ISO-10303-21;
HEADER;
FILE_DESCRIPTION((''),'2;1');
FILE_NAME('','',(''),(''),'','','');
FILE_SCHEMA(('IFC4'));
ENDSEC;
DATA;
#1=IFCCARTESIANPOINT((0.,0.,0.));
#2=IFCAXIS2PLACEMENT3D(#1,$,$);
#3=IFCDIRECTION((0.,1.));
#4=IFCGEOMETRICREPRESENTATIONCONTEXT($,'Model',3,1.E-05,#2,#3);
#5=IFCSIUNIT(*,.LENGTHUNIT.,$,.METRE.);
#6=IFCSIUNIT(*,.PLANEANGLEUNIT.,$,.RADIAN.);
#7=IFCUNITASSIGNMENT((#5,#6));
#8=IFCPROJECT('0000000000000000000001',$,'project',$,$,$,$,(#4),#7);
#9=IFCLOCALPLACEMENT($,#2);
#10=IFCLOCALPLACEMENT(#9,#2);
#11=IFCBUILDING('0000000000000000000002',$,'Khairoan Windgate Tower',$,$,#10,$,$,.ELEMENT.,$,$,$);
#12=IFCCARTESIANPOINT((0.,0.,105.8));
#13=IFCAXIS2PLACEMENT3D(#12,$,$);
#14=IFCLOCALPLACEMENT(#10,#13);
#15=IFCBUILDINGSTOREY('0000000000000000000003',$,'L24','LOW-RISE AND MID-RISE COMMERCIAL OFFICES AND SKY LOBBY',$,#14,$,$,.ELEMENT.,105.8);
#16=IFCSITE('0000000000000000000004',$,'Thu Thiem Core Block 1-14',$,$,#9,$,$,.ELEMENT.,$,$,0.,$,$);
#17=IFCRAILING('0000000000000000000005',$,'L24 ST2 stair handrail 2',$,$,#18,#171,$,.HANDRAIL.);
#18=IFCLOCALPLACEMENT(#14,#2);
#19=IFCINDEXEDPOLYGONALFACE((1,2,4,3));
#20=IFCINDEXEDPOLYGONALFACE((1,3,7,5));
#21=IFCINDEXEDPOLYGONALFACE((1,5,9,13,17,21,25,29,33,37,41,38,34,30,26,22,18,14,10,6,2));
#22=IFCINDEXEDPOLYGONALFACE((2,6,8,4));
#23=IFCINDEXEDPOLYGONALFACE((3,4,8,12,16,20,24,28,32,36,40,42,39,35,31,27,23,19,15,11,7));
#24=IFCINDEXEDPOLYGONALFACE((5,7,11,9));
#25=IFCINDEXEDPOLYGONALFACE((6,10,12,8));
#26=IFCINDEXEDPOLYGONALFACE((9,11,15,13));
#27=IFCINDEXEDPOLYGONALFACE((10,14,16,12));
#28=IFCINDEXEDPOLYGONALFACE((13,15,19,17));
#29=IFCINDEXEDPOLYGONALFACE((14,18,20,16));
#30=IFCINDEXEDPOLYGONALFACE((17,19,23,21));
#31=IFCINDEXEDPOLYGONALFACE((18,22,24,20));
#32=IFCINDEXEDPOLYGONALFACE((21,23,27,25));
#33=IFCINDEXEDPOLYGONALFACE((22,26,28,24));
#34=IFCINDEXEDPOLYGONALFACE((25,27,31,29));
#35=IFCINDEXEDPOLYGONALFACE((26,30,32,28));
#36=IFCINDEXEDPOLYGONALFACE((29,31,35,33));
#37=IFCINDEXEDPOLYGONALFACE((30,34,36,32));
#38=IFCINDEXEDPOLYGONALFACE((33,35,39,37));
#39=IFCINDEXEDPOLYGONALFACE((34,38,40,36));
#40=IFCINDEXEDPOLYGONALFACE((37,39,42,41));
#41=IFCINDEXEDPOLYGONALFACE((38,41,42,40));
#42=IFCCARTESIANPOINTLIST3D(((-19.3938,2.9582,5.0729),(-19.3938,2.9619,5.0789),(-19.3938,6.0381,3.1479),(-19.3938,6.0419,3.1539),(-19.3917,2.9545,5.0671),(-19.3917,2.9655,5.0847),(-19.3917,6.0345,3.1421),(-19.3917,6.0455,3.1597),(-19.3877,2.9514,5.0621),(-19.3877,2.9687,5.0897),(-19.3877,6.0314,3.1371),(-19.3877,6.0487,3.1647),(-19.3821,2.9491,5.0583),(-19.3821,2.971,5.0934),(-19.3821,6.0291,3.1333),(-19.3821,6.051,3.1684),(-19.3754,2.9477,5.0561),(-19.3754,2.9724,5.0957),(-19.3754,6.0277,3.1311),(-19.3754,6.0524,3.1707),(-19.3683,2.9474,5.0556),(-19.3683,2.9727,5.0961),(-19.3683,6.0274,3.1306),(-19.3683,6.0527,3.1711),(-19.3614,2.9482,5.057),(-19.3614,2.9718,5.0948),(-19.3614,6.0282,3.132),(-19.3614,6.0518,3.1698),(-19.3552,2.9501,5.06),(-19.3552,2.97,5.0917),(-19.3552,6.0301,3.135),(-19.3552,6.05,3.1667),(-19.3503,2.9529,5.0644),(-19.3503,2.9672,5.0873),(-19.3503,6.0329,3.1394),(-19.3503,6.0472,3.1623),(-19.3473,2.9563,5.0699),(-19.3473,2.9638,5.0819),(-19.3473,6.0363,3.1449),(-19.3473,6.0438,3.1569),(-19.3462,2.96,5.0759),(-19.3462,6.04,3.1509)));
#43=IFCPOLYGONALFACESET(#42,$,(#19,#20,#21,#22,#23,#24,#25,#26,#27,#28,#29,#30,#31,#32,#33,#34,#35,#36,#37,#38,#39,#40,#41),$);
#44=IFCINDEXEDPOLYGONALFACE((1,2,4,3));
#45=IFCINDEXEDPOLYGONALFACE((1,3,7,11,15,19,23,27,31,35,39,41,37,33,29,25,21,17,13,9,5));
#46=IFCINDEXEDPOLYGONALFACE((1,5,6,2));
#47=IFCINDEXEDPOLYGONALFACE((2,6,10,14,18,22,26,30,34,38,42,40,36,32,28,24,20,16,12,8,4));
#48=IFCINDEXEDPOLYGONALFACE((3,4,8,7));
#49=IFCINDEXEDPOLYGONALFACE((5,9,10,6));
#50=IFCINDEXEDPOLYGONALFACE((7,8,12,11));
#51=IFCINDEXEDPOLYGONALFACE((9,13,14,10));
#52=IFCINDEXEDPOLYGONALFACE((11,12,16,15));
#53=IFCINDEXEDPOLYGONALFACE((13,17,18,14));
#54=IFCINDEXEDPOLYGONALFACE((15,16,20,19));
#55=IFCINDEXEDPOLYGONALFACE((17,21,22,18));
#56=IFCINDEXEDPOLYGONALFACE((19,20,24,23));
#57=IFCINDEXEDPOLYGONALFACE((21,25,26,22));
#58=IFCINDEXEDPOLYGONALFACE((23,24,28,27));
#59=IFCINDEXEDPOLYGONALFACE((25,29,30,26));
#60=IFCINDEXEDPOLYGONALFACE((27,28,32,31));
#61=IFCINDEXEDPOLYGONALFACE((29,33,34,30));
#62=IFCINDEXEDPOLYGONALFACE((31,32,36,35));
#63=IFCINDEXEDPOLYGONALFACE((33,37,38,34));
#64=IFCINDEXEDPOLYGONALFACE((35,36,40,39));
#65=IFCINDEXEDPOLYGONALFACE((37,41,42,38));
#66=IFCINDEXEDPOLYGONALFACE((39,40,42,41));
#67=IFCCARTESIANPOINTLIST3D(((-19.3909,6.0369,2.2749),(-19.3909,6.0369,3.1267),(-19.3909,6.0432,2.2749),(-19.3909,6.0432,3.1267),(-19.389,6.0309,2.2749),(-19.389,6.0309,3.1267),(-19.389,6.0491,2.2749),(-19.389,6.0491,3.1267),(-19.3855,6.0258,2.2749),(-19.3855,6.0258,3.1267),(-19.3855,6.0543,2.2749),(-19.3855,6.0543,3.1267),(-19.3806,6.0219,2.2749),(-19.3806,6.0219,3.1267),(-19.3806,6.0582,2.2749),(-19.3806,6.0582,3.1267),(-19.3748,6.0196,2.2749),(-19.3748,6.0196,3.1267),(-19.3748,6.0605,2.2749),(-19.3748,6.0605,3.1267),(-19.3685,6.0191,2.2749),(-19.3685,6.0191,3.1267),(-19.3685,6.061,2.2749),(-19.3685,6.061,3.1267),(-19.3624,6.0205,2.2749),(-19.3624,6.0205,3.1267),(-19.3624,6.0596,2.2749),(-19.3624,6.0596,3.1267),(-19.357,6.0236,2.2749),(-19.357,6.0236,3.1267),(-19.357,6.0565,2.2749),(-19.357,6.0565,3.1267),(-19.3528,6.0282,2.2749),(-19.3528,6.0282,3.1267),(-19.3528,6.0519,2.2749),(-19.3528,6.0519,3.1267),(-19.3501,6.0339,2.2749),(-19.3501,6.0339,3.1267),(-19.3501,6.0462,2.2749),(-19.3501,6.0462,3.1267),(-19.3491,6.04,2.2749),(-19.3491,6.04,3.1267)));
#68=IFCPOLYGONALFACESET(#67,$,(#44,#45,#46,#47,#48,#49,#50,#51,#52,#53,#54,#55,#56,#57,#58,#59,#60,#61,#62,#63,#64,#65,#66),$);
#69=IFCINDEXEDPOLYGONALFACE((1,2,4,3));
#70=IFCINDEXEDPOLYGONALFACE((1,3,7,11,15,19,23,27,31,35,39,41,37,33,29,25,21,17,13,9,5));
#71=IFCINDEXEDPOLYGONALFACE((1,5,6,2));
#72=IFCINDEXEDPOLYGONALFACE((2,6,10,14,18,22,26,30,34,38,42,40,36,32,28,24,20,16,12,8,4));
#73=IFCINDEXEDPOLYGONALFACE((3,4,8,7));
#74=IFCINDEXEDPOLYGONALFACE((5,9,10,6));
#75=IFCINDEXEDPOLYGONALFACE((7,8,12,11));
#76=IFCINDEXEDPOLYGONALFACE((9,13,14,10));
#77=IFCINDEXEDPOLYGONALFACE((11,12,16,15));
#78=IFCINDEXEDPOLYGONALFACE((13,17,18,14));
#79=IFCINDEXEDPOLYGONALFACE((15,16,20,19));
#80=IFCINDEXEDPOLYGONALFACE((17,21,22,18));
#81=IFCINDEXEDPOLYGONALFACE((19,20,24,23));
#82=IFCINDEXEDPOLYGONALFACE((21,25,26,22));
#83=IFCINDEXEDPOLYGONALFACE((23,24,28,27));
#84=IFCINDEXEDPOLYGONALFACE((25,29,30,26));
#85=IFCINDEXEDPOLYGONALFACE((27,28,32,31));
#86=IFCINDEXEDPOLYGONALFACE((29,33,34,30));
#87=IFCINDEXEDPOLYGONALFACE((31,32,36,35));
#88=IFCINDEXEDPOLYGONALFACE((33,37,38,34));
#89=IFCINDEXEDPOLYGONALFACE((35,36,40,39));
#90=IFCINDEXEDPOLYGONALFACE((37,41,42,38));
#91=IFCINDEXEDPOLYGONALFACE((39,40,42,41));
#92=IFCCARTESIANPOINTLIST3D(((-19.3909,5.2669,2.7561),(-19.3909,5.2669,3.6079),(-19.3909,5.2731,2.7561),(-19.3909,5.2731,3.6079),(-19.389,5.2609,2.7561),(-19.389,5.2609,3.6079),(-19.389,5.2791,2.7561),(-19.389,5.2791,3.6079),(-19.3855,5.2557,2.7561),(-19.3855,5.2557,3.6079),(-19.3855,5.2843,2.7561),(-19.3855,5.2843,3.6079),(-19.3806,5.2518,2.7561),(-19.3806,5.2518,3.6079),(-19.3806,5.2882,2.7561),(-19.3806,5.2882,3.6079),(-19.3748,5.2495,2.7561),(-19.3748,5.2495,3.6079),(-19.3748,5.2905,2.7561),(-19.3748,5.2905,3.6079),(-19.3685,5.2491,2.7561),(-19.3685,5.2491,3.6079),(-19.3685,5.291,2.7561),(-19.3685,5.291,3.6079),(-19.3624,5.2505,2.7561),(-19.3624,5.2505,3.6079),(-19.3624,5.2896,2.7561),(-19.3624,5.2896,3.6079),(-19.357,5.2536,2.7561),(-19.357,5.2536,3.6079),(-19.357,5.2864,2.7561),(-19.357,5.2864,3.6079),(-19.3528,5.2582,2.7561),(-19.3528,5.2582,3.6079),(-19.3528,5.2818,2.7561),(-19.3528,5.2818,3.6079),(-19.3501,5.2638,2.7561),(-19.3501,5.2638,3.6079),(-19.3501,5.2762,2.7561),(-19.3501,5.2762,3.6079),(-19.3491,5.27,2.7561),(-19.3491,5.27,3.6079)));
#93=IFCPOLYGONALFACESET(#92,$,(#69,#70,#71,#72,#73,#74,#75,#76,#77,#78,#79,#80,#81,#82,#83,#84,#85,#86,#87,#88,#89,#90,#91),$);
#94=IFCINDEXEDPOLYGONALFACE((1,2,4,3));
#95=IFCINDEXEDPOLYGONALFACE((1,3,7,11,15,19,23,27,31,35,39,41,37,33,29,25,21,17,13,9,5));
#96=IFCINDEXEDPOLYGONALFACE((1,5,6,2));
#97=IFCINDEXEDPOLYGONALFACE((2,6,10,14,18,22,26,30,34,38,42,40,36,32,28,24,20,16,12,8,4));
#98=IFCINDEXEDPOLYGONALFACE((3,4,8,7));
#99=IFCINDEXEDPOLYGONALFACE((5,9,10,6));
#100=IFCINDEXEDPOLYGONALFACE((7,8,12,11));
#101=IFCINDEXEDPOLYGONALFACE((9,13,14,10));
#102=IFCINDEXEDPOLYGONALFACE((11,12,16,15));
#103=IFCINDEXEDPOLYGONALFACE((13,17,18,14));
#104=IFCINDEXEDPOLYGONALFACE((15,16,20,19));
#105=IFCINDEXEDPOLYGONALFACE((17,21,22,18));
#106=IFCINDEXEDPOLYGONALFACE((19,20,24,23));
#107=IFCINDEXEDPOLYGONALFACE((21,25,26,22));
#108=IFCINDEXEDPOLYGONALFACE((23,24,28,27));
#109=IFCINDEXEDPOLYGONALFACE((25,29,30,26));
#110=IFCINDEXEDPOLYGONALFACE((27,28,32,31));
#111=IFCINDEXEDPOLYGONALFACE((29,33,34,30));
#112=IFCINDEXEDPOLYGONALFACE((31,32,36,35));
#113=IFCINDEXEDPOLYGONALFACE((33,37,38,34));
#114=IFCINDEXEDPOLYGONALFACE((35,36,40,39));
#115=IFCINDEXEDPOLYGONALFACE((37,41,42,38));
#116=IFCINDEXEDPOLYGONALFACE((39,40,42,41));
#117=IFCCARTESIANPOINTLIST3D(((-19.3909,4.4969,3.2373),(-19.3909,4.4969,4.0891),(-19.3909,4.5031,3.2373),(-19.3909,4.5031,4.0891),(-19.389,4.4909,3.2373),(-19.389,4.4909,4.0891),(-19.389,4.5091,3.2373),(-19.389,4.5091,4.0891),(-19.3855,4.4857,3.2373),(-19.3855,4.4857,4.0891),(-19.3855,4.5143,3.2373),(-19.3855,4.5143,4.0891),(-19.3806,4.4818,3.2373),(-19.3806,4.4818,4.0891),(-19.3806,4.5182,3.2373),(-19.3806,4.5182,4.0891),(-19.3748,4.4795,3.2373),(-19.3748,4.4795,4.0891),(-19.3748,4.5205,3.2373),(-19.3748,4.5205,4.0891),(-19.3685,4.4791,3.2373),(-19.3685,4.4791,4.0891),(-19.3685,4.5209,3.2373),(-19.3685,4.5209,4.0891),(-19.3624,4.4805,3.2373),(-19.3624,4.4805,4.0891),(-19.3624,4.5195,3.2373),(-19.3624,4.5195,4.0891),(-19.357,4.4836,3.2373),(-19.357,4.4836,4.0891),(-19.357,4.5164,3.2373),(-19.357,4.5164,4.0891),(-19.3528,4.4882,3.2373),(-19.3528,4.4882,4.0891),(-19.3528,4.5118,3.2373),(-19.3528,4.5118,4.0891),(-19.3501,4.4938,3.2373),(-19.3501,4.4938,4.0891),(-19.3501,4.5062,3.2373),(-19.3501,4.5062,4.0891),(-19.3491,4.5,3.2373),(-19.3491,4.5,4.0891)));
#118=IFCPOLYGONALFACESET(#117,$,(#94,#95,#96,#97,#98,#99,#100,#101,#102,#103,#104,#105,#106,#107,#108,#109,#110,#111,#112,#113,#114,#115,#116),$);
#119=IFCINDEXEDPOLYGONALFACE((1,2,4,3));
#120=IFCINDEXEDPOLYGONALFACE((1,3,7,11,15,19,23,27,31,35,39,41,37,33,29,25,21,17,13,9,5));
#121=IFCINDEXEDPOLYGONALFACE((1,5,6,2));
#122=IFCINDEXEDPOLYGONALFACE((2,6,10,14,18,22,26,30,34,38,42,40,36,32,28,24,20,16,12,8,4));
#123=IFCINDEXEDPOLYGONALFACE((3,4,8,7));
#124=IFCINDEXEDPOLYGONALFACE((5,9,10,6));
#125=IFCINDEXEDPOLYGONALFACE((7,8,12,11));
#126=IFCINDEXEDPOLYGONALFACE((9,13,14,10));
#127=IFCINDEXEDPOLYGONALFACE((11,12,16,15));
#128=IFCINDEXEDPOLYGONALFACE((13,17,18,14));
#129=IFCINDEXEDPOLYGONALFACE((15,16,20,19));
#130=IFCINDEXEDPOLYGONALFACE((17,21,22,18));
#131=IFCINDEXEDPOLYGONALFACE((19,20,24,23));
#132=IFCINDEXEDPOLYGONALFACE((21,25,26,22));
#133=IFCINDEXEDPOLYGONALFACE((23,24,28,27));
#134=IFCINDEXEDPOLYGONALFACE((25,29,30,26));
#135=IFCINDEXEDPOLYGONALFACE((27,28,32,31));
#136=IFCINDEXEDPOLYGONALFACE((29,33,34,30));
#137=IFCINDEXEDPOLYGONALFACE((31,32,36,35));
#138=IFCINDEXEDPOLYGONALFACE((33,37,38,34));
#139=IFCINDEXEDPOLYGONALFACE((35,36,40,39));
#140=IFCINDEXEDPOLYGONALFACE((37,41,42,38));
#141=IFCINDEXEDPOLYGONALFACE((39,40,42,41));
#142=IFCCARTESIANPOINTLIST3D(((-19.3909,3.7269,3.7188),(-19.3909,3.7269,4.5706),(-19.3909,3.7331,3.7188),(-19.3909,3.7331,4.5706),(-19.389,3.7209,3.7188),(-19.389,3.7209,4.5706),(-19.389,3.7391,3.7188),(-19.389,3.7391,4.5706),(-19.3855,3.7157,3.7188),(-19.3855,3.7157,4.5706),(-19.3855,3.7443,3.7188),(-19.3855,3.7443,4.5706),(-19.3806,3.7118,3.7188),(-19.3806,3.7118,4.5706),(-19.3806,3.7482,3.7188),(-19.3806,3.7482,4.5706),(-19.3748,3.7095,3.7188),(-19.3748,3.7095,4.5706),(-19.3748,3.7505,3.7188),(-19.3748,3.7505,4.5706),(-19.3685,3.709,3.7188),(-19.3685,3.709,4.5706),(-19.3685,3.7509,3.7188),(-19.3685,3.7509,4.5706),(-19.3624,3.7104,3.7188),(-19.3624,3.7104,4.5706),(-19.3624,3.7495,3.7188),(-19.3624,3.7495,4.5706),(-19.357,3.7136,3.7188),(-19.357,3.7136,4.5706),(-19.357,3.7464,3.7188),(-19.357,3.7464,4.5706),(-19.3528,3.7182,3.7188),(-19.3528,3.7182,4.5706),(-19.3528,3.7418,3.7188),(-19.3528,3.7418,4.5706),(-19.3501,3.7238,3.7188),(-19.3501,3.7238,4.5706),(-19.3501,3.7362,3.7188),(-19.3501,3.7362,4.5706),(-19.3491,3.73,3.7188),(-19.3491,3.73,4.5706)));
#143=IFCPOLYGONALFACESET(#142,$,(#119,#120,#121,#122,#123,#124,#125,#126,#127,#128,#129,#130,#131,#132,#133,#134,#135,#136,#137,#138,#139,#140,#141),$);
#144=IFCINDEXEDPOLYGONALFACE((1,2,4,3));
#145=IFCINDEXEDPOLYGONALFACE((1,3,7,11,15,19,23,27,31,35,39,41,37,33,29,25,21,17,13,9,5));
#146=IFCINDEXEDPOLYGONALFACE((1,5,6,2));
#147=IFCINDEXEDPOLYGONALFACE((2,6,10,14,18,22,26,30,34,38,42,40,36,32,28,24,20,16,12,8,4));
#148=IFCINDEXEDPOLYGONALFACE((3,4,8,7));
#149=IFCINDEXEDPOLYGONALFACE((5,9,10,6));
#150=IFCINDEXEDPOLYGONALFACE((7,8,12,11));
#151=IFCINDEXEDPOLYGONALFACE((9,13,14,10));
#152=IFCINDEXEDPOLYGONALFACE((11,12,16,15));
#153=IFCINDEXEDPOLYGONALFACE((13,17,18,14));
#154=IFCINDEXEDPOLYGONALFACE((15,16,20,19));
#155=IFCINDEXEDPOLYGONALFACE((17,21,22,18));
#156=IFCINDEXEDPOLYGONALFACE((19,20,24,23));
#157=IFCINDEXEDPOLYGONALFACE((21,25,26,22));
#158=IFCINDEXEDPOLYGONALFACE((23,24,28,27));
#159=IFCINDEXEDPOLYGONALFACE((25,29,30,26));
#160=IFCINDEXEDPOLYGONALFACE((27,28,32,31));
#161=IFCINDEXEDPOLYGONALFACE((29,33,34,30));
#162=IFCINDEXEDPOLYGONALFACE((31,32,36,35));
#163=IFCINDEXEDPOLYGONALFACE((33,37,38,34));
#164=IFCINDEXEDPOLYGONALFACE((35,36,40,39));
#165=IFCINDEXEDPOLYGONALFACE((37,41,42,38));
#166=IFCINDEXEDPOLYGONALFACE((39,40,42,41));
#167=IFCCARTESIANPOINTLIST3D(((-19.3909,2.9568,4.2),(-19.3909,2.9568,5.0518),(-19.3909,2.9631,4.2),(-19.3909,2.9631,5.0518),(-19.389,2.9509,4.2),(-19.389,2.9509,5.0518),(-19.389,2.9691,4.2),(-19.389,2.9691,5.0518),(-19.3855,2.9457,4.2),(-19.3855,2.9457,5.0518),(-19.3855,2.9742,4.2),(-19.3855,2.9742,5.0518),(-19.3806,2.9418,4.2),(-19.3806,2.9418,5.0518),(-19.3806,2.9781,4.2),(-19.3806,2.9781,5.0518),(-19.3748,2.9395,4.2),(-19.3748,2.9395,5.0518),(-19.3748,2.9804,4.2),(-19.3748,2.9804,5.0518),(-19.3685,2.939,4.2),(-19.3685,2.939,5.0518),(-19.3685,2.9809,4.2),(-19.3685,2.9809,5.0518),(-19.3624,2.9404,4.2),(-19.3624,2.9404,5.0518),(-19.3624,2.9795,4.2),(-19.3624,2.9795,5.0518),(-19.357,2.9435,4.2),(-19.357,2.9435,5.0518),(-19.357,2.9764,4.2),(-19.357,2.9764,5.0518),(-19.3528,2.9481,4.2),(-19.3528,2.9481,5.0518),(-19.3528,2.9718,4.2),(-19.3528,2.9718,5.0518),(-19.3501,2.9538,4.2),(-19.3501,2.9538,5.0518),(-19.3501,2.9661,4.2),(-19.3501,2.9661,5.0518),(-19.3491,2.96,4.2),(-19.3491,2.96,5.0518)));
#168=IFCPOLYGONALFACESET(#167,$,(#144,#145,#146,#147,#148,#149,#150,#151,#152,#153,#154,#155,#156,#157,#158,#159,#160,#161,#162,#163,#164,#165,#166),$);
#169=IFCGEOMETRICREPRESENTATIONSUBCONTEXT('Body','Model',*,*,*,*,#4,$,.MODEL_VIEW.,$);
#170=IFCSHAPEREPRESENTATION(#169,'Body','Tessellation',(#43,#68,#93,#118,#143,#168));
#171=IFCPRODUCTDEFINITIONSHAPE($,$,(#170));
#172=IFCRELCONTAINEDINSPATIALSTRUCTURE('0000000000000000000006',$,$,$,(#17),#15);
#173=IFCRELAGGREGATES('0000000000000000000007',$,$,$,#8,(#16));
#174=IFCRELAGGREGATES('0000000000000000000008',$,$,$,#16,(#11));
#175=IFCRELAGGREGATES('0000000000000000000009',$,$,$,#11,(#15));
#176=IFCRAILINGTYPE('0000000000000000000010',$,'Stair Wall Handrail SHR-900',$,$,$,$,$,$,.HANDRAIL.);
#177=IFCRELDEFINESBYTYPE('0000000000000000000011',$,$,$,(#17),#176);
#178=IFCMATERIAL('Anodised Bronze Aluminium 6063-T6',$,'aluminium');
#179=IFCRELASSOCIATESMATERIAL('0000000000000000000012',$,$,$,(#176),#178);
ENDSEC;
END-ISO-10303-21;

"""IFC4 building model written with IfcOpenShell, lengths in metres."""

from ifc_helpers import new_model, si_unit, direction, frame, origin, origin_2d, place, context, subcontext, project, spatial, circle, extrude, material, type_object, element, save


model = new_model("IFC4")

# Units and contexts
model_context = context("Model", 3, precision=1e-05, world=origin(), true_north=direction((0.0, 1.0)))
body_context = subcontext(model_context, "Body", "Model", "MODEL_VIEW")
ifc_project = project(units=[si_unit("LENGTHUNIT", "METRE"), si_unit("PLANEANGLEUNIT", "RADIAN")], contexts=[model_context])

# Site, building, storey
site_placement = place(None, origin())
site = spatial("IfcSite", under=ifc_project, at=site_placement, Name="Thu Thiem Core Block 1-14", CompositionType="ELEMENT", RefElevation=0.0)
building_placement = place(site_placement, origin())
building = spatial("IfcBuilding", under=site, at=building_placement, Name="Khairoan Windgate Tower", CompositionType="ELEMENT")
storey_placement = place(building_placement, frame((0.0, 0.0, 105.8)))
storey = spatial("IfcBuildingStorey", under=building, at=storey_placement, Name="L24", Description="LOW-RISE AND MID-RISE COMMERCIAL OFFICES AND SKY LOBBY", CompositionType="ELEMENT", Elevation=105.8)

# Railing
ifc_material_1 = material(Name="Anodised Bronze Aluminium 6063-T6", Category="aluminium")
railing_type_1 = type_object("IfcRailingType", Name="Stair Wall Handrail SHR-900", PredefinedType="HANDRAIL", material=ifc_material_1)
railing_1_placement = place(storey_placement, frame((-19.3701, 6.04, 2.2749)))
element("IfcRailing", 1, at=railing_1_placement, inside=storey, type_object=railing_type_1, Name="L24 ST2 stair handrail 2", PredefinedType="HANDRAIL", context=body_context, shape_type="SweptSolid", body=[
    extrude(circle(Radius=0.0239, at=origin_2d()), frame((0.0, 0.0, 0.876), z_axis=(0.0, -0.847998, 0.529999), x_axis=(1.0, 0.0, 0.0)), (0.0, 0.0, 1.0), 3.6321),
    extrude(circle(Radius=0.021, at=origin_2d()), origin(), (0.0, 0.0, 1.0), 0.8518),
    extrude(circle(Radius=0.021, at=origin_2d()), frame((0.0, -0.77, 0.4812)), (0.0, 0.0, 1.0), 0.8518),
    extrude(circle(Radius=0.021, at=origin_2d()), frame((0.0, -1.54, 0.9624)), (0.0, 0.0, 1.0), 0.8518),
    extrude(circle(Radius=0.021, at=origin_2d()), frame((0.0, -2.3101, 1.4438)), (0.0, 0.0, 1.0), 0.8518),
    extrude(circle(Radius=0.021, at=origin_2d()), frame((0.0, -3.0801, 1.925)), (0.0, 0.0, 1.0), 0.8518),
])

save(model, "model.ifc")
